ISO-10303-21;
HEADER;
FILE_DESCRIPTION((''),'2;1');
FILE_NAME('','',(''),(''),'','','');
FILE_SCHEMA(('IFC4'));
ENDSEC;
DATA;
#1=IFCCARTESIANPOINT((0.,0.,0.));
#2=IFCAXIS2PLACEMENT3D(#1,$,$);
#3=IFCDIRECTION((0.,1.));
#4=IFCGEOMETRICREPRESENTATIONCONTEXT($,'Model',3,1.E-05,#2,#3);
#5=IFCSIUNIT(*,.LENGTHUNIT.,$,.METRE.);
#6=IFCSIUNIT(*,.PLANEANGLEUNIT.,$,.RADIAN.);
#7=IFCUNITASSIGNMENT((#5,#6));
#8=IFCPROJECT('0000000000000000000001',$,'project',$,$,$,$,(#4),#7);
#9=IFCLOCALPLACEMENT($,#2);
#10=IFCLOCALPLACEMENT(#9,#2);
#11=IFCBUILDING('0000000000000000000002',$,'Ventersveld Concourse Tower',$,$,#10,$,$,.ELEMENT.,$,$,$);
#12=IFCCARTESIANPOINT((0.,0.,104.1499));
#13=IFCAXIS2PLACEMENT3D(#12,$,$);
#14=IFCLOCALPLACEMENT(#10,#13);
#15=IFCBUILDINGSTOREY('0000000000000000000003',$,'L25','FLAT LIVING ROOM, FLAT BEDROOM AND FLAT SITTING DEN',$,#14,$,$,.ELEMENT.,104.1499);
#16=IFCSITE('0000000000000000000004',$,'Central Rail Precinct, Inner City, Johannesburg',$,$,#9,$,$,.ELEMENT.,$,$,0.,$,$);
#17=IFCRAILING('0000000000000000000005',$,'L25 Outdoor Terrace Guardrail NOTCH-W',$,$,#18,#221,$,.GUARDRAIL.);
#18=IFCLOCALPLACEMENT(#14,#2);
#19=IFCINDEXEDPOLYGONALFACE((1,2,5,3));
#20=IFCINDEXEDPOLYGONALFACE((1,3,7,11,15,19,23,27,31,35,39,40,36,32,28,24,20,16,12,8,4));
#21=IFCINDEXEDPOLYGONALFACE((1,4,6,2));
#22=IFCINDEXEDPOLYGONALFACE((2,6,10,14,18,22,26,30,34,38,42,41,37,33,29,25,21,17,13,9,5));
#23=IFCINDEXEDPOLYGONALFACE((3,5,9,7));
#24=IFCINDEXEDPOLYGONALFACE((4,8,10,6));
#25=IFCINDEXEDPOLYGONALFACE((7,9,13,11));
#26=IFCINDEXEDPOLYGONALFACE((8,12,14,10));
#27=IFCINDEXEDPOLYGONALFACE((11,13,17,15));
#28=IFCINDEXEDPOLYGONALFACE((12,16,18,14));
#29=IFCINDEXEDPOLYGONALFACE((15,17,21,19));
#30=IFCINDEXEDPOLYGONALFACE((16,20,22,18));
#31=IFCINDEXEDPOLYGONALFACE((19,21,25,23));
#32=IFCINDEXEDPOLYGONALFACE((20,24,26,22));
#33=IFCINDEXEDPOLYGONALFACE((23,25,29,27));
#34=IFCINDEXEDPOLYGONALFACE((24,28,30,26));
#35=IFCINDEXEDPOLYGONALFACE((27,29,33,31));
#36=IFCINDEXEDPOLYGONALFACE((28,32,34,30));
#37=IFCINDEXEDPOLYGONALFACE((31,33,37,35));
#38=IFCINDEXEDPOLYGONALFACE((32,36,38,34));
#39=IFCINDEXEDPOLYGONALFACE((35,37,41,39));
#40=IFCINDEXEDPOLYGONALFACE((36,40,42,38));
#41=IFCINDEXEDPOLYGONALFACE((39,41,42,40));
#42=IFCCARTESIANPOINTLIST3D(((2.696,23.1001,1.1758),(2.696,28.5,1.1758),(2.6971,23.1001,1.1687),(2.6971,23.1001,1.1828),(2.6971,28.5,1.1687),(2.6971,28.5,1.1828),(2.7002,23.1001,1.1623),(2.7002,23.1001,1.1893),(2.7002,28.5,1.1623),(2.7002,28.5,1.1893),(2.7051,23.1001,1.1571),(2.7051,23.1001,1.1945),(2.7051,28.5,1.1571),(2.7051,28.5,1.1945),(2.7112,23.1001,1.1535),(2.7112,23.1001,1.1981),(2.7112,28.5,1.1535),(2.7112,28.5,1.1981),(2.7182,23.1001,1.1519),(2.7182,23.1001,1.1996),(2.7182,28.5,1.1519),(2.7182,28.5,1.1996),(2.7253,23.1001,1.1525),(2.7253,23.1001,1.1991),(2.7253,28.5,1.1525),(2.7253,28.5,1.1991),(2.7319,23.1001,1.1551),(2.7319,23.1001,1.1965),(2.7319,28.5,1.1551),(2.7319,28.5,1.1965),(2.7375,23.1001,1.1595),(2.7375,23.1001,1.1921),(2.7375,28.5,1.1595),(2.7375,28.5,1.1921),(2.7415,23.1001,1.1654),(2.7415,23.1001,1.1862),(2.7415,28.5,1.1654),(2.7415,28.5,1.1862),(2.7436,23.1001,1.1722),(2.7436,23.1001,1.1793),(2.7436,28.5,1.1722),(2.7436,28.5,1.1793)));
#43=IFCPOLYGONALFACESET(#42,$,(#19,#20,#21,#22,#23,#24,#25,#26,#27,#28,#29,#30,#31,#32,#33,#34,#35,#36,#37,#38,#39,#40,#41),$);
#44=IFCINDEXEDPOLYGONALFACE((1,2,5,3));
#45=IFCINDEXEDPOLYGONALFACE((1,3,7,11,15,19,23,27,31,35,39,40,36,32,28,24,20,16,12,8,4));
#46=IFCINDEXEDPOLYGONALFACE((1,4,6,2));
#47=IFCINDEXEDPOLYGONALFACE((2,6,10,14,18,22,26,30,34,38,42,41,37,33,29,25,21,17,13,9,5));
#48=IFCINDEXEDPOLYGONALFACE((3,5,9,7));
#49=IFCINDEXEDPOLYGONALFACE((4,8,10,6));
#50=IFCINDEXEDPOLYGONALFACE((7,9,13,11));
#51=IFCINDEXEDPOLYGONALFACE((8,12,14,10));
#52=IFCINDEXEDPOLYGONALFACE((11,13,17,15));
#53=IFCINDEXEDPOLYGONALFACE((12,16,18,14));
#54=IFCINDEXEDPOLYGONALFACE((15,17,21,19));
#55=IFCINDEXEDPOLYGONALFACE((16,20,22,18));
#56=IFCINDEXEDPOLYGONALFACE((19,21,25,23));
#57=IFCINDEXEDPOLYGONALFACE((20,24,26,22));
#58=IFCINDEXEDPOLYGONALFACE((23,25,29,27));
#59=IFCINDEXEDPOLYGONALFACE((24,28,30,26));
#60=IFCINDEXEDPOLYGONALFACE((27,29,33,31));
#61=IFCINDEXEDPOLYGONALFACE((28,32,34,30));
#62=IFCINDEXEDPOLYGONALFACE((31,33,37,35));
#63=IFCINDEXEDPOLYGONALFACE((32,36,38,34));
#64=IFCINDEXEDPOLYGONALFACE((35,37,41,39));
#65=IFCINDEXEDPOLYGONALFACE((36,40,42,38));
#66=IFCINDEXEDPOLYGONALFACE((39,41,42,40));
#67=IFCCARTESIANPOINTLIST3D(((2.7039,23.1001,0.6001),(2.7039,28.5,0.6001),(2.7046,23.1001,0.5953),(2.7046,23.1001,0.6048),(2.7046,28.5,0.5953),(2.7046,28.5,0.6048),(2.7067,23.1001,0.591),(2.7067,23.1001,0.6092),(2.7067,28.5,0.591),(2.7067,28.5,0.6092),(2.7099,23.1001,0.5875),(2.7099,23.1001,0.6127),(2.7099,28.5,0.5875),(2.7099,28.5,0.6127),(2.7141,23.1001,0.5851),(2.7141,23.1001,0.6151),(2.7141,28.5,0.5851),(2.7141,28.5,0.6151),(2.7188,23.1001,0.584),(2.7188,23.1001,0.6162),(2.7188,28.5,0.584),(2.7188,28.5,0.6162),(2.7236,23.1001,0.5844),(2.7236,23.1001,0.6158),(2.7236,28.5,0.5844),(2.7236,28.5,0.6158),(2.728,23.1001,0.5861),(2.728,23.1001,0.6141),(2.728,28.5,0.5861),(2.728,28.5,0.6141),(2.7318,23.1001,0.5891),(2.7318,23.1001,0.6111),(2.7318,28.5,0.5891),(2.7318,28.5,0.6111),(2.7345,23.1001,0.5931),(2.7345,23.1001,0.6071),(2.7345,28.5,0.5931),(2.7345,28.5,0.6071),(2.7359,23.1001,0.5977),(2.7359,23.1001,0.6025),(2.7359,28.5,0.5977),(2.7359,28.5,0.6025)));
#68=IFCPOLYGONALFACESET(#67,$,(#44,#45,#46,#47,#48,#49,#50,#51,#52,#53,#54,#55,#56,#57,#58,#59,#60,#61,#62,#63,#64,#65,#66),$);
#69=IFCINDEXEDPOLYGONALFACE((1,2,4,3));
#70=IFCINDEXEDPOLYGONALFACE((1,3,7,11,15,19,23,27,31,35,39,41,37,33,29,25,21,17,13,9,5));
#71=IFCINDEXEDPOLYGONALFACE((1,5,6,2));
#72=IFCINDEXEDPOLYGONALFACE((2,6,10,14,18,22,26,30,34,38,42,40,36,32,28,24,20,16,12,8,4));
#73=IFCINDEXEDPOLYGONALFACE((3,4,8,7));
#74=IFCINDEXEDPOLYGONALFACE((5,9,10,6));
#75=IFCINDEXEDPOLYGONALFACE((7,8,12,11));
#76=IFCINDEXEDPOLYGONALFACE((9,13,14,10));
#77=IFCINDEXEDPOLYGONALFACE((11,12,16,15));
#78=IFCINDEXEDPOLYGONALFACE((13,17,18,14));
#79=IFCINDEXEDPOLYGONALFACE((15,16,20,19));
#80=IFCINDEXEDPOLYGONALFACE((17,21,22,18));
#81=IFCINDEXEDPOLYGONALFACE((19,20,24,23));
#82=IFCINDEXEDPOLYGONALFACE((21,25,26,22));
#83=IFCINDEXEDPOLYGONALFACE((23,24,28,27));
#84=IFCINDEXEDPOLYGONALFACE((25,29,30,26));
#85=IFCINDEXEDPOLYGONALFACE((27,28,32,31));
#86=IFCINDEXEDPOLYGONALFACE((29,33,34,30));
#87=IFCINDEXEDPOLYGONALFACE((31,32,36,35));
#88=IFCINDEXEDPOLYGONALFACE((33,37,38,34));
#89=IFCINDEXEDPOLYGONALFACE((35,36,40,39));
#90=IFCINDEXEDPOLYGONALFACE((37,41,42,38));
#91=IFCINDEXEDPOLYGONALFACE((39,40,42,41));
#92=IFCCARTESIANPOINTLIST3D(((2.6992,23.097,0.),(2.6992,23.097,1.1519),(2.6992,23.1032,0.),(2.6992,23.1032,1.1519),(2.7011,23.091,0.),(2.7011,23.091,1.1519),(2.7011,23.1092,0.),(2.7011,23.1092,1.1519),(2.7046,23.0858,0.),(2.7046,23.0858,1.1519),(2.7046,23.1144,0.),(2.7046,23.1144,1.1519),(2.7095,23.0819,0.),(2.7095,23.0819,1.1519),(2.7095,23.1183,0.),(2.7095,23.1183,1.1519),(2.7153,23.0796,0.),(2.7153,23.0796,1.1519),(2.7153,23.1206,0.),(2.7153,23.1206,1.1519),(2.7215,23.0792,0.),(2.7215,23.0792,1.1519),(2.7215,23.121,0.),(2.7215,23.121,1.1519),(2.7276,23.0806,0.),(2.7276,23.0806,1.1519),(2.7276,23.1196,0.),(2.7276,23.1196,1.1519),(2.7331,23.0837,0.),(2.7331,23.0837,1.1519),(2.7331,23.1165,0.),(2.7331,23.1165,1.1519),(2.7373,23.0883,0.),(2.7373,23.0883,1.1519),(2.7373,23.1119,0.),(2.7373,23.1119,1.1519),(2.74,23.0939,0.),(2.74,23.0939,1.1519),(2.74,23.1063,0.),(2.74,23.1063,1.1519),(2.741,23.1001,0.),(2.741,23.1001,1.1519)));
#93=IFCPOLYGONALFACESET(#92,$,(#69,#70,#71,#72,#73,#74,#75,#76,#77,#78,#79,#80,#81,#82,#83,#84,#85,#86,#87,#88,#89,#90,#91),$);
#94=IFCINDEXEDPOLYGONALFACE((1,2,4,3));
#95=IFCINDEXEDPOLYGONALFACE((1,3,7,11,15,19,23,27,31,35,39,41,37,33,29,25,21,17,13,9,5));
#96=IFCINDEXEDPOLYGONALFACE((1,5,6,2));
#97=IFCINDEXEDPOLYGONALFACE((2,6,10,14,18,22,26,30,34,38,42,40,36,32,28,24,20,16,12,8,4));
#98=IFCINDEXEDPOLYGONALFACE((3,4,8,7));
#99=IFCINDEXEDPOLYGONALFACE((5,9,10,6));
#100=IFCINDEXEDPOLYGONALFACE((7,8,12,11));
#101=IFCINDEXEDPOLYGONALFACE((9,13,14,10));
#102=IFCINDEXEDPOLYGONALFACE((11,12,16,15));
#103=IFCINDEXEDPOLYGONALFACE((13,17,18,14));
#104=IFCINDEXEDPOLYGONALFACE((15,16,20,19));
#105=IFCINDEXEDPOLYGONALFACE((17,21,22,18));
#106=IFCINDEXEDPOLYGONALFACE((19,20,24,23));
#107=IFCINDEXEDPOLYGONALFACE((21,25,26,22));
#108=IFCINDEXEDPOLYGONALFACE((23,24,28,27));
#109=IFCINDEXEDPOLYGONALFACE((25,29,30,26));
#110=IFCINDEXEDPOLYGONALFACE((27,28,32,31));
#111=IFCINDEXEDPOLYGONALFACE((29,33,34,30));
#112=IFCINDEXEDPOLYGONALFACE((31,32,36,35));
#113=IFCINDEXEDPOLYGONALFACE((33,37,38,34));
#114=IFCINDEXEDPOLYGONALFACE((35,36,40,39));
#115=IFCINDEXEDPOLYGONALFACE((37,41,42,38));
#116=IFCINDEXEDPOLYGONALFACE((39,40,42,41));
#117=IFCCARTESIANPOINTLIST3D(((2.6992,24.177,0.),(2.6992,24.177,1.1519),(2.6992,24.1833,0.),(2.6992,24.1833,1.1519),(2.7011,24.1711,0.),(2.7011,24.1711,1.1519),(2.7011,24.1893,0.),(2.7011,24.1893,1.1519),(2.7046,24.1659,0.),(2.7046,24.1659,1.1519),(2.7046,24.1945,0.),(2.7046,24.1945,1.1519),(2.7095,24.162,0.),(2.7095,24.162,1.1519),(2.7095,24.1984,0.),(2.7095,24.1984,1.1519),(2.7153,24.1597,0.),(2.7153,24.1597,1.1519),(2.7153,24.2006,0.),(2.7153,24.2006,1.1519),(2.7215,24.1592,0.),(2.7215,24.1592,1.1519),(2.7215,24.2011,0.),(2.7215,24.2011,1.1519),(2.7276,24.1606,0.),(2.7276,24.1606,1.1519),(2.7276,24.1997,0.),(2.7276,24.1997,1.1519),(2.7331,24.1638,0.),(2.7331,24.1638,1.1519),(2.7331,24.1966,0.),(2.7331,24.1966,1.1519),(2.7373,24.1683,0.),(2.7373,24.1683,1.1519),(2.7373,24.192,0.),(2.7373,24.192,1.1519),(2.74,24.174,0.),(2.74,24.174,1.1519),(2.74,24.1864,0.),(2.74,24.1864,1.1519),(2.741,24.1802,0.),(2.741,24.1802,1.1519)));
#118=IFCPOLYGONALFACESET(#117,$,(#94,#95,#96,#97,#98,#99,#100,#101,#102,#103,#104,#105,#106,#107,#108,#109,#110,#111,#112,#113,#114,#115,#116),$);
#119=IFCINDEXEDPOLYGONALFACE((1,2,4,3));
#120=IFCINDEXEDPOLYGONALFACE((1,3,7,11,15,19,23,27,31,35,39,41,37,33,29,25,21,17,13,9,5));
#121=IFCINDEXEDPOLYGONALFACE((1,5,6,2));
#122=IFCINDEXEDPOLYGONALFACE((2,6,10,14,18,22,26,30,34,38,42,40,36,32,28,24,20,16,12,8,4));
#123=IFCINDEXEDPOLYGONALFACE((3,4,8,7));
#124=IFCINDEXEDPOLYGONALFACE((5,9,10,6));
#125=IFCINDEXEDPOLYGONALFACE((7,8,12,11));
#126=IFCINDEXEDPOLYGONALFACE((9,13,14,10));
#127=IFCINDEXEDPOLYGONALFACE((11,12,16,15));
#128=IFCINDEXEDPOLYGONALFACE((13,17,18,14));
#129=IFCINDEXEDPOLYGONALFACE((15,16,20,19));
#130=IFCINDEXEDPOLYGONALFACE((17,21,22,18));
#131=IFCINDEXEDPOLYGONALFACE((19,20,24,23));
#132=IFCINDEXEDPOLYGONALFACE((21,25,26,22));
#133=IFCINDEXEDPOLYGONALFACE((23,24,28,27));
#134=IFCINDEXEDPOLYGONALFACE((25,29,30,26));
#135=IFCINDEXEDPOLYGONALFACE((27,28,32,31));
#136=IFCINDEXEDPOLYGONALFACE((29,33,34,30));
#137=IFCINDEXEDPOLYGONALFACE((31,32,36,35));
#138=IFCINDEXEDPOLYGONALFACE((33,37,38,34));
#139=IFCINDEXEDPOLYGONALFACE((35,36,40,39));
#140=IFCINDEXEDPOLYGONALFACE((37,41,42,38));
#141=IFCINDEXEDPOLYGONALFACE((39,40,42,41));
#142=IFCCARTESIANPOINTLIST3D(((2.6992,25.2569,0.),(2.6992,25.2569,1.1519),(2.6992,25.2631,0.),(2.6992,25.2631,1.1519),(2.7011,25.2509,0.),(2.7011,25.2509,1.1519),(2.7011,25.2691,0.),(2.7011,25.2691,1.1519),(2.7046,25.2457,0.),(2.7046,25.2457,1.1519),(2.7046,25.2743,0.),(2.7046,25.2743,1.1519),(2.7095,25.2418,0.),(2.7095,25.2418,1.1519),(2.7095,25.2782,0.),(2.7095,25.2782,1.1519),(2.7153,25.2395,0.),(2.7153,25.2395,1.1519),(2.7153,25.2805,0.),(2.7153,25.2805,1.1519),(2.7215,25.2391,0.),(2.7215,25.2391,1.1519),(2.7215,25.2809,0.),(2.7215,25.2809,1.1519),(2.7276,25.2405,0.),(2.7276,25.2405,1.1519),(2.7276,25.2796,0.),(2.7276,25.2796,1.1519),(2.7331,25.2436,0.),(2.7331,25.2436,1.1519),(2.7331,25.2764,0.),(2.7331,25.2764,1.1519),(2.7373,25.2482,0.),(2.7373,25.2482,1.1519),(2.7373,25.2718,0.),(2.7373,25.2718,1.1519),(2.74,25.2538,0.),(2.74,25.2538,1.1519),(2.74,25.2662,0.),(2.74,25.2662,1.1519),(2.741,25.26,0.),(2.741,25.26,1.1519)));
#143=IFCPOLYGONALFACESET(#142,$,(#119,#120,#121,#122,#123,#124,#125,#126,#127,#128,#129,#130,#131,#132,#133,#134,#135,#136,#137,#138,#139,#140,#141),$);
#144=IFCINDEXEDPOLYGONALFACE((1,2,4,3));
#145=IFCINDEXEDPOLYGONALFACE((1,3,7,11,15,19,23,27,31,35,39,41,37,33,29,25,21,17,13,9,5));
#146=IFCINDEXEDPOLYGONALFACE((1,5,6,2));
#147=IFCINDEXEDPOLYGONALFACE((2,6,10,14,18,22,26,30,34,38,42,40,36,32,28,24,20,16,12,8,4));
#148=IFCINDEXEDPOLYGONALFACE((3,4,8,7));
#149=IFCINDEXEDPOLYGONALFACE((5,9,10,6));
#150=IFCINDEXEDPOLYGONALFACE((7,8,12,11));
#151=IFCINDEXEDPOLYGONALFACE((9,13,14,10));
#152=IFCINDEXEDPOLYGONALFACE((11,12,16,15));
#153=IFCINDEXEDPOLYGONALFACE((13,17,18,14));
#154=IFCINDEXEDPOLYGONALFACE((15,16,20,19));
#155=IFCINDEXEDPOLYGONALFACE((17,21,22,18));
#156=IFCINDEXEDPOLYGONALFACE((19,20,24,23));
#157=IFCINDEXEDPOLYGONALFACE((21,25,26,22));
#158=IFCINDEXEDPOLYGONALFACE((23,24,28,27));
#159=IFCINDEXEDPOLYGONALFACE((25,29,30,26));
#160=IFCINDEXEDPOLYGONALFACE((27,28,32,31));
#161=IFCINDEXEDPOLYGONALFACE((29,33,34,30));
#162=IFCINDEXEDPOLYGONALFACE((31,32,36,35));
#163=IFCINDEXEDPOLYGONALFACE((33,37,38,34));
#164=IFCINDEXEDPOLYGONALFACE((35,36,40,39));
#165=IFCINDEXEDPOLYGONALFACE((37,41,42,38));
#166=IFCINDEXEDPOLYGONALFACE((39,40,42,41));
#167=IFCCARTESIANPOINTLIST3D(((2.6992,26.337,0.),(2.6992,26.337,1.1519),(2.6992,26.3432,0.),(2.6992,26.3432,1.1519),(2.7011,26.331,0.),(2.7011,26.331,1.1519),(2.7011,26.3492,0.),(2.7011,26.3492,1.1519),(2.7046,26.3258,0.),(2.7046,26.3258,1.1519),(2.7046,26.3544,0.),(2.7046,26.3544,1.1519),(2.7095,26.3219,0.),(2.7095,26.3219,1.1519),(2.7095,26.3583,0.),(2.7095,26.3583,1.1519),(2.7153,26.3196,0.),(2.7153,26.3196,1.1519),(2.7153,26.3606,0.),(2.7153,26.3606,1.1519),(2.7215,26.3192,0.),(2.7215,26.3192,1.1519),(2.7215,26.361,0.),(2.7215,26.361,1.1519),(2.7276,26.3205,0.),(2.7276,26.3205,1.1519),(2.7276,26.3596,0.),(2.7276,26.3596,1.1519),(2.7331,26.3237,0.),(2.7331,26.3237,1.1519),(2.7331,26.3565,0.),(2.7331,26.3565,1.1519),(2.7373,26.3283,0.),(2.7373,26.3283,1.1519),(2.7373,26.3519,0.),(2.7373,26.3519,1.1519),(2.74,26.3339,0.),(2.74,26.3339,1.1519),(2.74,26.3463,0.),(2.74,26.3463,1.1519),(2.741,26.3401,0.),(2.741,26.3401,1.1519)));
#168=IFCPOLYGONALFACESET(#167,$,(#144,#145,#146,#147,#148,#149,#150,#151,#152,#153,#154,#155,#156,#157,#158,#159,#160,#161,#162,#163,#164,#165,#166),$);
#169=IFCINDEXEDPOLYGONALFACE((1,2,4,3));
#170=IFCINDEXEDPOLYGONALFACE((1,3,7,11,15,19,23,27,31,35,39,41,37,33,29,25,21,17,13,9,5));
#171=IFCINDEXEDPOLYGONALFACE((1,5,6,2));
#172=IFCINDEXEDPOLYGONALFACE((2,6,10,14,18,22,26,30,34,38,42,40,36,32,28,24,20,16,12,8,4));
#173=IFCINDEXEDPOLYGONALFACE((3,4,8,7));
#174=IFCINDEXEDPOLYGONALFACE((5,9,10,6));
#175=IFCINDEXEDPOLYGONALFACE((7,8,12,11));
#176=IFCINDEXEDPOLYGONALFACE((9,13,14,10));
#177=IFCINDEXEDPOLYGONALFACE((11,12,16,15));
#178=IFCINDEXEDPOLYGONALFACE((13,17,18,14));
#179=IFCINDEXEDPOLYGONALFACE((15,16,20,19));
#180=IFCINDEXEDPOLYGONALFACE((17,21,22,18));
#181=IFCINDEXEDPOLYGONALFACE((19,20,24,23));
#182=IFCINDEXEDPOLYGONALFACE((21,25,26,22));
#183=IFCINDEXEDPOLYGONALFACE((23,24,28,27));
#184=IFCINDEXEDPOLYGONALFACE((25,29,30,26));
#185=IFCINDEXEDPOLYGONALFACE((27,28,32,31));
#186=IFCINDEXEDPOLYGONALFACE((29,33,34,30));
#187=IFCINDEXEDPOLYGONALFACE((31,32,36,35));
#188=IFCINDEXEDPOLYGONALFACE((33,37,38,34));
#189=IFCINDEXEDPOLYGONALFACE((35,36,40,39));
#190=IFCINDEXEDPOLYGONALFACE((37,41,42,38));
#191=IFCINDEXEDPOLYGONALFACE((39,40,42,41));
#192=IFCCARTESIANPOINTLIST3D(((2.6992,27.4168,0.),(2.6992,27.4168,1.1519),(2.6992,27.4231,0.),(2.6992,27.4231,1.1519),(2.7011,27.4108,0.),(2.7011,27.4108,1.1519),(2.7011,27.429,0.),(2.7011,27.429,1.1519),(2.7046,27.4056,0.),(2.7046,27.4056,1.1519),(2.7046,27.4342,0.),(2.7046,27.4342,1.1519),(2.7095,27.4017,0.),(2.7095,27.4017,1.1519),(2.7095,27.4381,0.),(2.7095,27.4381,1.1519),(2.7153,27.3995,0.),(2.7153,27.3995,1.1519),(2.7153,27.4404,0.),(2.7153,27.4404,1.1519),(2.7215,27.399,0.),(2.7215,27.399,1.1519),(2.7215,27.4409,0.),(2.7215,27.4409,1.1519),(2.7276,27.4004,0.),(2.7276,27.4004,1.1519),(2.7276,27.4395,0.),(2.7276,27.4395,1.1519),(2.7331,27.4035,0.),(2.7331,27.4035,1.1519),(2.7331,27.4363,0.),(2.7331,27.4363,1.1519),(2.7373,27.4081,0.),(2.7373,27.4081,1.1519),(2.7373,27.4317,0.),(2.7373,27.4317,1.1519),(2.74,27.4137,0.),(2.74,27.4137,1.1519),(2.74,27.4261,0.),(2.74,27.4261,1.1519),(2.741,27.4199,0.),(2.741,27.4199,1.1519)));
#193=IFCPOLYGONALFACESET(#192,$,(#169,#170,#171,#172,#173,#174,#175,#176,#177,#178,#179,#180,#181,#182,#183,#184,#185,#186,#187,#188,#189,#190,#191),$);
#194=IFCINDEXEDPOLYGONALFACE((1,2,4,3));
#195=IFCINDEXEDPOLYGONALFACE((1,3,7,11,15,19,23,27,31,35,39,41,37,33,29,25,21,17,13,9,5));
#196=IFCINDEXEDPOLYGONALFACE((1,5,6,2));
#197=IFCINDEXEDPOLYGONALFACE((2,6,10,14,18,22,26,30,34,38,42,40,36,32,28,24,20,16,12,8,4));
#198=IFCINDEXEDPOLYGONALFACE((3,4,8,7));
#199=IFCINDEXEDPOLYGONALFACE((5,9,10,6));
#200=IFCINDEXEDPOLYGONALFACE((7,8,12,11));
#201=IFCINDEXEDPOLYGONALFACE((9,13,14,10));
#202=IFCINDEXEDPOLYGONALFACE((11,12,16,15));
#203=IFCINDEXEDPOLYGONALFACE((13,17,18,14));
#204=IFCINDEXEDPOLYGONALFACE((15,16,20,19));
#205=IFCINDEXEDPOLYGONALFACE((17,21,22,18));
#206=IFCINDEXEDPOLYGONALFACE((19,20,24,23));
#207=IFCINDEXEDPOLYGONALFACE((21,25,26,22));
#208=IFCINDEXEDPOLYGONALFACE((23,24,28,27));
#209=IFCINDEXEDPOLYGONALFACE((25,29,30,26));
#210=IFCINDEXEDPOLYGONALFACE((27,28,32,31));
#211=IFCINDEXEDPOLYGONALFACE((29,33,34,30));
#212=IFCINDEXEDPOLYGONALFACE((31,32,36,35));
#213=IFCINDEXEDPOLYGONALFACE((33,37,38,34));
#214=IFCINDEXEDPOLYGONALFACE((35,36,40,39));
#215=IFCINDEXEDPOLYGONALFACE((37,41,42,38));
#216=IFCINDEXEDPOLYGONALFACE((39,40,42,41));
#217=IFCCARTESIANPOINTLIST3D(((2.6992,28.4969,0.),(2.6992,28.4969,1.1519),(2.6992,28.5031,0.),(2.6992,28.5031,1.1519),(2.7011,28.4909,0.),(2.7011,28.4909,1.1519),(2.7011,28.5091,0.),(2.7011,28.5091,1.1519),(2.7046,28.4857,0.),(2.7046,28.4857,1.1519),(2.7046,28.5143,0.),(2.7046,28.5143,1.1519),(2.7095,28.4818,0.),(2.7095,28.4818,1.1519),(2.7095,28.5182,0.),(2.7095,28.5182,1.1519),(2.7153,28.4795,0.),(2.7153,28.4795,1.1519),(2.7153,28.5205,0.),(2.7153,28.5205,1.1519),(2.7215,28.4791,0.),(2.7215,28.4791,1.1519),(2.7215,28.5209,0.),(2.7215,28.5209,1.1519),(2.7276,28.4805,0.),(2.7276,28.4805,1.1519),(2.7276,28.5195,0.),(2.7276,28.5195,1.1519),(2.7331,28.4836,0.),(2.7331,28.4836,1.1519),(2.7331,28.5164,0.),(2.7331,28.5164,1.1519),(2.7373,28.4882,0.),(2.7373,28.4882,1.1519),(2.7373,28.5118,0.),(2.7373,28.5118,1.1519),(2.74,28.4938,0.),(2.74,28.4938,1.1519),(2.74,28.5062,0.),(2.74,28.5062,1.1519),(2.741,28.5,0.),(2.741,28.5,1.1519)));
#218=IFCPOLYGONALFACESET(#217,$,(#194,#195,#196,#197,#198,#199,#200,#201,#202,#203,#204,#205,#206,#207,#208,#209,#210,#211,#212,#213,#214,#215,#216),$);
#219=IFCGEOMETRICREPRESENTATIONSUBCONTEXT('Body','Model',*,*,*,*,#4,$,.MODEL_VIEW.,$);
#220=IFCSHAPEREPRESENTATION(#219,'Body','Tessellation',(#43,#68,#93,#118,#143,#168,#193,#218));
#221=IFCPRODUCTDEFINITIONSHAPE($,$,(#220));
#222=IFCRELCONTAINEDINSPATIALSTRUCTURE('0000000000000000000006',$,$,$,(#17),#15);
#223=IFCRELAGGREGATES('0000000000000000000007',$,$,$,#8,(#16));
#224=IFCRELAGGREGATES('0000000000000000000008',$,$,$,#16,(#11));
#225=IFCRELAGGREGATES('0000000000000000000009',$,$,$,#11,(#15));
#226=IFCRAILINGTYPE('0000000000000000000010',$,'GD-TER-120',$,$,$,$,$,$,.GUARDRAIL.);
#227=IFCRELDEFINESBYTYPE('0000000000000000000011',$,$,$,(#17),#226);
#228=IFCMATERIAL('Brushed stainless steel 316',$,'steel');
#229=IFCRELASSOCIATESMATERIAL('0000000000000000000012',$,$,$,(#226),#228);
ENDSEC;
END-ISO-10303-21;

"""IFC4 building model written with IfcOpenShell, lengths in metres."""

from ifc_helpers import new_model, si_unit, direction, frame, origin, origin_2d, place, context, subcontext, project, spatial, circle, extrude, material, type_object, element, save


model = new_model("IFC4")

# Units and contexts
model_context = context("Model", 3, precision=1e-05, world=origin(), true_north=direction((0.0, 1.0)))
body_context = subcontext(model_context, "Body", "Model", "MODEL_VIEW")
ifc_project = project(units=[si_unit("LENGTHUNIT", "METRE"), si_unit("PLANEANGLEUNIT", "RADIAN")], contexts=[model_context])

# Site, building, storey
site_placement = place(None, origin())
site = spatial("IfcSite", under=ifc_project, at=site_placement, Name="Central Rail Precinct, Inner City, Johannesburg", CompositionType="ELEMENT", RefElevation=0.0)
building_placement = place(site_placement, origin())
building = spatial("IfcBuilding", under=site, at=building_placement, Name="Ventersveld Concourse Tower", CompositionType="ELEMENT")
storey_placement = place(building_placement, frame((0.0, 0.0, 104.1499)))
storey = spatial("IfcBuildingStorey", under=building, at=storey_placement, Name="L25", Description="FLAT LIVING ROOM, FLAT BEDROOM AND FLAT SITTING DEN", CompositionType="ELEMENT", Elevation=104.1499)

# Railing
ifc_material_1 = material(Name="Brushed stainless steel 316", Category="steel")
railing_type = type_object("IfcRailingType", Name="GD-TER-120", PredefinedType="GUARDRAIL", material=ifc_material_1)
railing_placement = place(storey_placement, frame((2.72, 23.1001, 0.0)))
element("IfcRailing", 1, at=railing_placement, inside=storey, type_object=railing_type, Name="L25 Outdoor Terrace Guardrail NOTCH-W", PredefinedType="GUARDRAIL", context=body_context, shape_type="SweptSolid", body=[
    extrude(circle(Radius=0.0239, at=origin_2d()), frame((0.0, 0.0, 1.1758), z_axis=(0.0, 1.0, 0.0), x_axis=(-1.0, 0.0, 0.0)), (0.0, 0.0, 1.0), 5.3999),
    extrude(circle(Radius=0.0161, at=origin_2d()), frame((0.0, 0.0, 0.6001), z_axis=(0.0, 1.0, 0.0), x_axis=(-1.0, 0.0, 0.0)), (0.0, 0.0, 1.0), 5.3999),
    extrude(circle(Radius=0.021, at=origin_2d()), origin(), (0.0, 0.0, 1.0), 1.1519),
    extrude(circle(Radius=0.021, at=origin_2d()), frame((0.0, 1.0801, 0.0)), (0.0, 0.0, 1.0), 1.1519),
    extrude(circle(Radius=0.021, at=origin_2d()), frame((0.0, 2.1599, 0.0)), (0.0, 0.0, 1.0), 1.1519),
    extrude(circle(Radius=0.021, at=origin_2d()), frame((0.0, 3.24, 0.0)), (0.0, 0.0, 1.0), 1.1519),
    extrude(circle(Radius=0.021, at=origin_2d()), frame((0.0, 4.3198, 0.0)), (0.0, 0.0, 1.0), 1.1519),
    extrude(circle(Radius=0.021, at=origin_2d()), frame((0.0, 5.3999, 0.0)), (0.0, 0.0, 1.0), 1.1519),
])

save(model, "model.ifc")
